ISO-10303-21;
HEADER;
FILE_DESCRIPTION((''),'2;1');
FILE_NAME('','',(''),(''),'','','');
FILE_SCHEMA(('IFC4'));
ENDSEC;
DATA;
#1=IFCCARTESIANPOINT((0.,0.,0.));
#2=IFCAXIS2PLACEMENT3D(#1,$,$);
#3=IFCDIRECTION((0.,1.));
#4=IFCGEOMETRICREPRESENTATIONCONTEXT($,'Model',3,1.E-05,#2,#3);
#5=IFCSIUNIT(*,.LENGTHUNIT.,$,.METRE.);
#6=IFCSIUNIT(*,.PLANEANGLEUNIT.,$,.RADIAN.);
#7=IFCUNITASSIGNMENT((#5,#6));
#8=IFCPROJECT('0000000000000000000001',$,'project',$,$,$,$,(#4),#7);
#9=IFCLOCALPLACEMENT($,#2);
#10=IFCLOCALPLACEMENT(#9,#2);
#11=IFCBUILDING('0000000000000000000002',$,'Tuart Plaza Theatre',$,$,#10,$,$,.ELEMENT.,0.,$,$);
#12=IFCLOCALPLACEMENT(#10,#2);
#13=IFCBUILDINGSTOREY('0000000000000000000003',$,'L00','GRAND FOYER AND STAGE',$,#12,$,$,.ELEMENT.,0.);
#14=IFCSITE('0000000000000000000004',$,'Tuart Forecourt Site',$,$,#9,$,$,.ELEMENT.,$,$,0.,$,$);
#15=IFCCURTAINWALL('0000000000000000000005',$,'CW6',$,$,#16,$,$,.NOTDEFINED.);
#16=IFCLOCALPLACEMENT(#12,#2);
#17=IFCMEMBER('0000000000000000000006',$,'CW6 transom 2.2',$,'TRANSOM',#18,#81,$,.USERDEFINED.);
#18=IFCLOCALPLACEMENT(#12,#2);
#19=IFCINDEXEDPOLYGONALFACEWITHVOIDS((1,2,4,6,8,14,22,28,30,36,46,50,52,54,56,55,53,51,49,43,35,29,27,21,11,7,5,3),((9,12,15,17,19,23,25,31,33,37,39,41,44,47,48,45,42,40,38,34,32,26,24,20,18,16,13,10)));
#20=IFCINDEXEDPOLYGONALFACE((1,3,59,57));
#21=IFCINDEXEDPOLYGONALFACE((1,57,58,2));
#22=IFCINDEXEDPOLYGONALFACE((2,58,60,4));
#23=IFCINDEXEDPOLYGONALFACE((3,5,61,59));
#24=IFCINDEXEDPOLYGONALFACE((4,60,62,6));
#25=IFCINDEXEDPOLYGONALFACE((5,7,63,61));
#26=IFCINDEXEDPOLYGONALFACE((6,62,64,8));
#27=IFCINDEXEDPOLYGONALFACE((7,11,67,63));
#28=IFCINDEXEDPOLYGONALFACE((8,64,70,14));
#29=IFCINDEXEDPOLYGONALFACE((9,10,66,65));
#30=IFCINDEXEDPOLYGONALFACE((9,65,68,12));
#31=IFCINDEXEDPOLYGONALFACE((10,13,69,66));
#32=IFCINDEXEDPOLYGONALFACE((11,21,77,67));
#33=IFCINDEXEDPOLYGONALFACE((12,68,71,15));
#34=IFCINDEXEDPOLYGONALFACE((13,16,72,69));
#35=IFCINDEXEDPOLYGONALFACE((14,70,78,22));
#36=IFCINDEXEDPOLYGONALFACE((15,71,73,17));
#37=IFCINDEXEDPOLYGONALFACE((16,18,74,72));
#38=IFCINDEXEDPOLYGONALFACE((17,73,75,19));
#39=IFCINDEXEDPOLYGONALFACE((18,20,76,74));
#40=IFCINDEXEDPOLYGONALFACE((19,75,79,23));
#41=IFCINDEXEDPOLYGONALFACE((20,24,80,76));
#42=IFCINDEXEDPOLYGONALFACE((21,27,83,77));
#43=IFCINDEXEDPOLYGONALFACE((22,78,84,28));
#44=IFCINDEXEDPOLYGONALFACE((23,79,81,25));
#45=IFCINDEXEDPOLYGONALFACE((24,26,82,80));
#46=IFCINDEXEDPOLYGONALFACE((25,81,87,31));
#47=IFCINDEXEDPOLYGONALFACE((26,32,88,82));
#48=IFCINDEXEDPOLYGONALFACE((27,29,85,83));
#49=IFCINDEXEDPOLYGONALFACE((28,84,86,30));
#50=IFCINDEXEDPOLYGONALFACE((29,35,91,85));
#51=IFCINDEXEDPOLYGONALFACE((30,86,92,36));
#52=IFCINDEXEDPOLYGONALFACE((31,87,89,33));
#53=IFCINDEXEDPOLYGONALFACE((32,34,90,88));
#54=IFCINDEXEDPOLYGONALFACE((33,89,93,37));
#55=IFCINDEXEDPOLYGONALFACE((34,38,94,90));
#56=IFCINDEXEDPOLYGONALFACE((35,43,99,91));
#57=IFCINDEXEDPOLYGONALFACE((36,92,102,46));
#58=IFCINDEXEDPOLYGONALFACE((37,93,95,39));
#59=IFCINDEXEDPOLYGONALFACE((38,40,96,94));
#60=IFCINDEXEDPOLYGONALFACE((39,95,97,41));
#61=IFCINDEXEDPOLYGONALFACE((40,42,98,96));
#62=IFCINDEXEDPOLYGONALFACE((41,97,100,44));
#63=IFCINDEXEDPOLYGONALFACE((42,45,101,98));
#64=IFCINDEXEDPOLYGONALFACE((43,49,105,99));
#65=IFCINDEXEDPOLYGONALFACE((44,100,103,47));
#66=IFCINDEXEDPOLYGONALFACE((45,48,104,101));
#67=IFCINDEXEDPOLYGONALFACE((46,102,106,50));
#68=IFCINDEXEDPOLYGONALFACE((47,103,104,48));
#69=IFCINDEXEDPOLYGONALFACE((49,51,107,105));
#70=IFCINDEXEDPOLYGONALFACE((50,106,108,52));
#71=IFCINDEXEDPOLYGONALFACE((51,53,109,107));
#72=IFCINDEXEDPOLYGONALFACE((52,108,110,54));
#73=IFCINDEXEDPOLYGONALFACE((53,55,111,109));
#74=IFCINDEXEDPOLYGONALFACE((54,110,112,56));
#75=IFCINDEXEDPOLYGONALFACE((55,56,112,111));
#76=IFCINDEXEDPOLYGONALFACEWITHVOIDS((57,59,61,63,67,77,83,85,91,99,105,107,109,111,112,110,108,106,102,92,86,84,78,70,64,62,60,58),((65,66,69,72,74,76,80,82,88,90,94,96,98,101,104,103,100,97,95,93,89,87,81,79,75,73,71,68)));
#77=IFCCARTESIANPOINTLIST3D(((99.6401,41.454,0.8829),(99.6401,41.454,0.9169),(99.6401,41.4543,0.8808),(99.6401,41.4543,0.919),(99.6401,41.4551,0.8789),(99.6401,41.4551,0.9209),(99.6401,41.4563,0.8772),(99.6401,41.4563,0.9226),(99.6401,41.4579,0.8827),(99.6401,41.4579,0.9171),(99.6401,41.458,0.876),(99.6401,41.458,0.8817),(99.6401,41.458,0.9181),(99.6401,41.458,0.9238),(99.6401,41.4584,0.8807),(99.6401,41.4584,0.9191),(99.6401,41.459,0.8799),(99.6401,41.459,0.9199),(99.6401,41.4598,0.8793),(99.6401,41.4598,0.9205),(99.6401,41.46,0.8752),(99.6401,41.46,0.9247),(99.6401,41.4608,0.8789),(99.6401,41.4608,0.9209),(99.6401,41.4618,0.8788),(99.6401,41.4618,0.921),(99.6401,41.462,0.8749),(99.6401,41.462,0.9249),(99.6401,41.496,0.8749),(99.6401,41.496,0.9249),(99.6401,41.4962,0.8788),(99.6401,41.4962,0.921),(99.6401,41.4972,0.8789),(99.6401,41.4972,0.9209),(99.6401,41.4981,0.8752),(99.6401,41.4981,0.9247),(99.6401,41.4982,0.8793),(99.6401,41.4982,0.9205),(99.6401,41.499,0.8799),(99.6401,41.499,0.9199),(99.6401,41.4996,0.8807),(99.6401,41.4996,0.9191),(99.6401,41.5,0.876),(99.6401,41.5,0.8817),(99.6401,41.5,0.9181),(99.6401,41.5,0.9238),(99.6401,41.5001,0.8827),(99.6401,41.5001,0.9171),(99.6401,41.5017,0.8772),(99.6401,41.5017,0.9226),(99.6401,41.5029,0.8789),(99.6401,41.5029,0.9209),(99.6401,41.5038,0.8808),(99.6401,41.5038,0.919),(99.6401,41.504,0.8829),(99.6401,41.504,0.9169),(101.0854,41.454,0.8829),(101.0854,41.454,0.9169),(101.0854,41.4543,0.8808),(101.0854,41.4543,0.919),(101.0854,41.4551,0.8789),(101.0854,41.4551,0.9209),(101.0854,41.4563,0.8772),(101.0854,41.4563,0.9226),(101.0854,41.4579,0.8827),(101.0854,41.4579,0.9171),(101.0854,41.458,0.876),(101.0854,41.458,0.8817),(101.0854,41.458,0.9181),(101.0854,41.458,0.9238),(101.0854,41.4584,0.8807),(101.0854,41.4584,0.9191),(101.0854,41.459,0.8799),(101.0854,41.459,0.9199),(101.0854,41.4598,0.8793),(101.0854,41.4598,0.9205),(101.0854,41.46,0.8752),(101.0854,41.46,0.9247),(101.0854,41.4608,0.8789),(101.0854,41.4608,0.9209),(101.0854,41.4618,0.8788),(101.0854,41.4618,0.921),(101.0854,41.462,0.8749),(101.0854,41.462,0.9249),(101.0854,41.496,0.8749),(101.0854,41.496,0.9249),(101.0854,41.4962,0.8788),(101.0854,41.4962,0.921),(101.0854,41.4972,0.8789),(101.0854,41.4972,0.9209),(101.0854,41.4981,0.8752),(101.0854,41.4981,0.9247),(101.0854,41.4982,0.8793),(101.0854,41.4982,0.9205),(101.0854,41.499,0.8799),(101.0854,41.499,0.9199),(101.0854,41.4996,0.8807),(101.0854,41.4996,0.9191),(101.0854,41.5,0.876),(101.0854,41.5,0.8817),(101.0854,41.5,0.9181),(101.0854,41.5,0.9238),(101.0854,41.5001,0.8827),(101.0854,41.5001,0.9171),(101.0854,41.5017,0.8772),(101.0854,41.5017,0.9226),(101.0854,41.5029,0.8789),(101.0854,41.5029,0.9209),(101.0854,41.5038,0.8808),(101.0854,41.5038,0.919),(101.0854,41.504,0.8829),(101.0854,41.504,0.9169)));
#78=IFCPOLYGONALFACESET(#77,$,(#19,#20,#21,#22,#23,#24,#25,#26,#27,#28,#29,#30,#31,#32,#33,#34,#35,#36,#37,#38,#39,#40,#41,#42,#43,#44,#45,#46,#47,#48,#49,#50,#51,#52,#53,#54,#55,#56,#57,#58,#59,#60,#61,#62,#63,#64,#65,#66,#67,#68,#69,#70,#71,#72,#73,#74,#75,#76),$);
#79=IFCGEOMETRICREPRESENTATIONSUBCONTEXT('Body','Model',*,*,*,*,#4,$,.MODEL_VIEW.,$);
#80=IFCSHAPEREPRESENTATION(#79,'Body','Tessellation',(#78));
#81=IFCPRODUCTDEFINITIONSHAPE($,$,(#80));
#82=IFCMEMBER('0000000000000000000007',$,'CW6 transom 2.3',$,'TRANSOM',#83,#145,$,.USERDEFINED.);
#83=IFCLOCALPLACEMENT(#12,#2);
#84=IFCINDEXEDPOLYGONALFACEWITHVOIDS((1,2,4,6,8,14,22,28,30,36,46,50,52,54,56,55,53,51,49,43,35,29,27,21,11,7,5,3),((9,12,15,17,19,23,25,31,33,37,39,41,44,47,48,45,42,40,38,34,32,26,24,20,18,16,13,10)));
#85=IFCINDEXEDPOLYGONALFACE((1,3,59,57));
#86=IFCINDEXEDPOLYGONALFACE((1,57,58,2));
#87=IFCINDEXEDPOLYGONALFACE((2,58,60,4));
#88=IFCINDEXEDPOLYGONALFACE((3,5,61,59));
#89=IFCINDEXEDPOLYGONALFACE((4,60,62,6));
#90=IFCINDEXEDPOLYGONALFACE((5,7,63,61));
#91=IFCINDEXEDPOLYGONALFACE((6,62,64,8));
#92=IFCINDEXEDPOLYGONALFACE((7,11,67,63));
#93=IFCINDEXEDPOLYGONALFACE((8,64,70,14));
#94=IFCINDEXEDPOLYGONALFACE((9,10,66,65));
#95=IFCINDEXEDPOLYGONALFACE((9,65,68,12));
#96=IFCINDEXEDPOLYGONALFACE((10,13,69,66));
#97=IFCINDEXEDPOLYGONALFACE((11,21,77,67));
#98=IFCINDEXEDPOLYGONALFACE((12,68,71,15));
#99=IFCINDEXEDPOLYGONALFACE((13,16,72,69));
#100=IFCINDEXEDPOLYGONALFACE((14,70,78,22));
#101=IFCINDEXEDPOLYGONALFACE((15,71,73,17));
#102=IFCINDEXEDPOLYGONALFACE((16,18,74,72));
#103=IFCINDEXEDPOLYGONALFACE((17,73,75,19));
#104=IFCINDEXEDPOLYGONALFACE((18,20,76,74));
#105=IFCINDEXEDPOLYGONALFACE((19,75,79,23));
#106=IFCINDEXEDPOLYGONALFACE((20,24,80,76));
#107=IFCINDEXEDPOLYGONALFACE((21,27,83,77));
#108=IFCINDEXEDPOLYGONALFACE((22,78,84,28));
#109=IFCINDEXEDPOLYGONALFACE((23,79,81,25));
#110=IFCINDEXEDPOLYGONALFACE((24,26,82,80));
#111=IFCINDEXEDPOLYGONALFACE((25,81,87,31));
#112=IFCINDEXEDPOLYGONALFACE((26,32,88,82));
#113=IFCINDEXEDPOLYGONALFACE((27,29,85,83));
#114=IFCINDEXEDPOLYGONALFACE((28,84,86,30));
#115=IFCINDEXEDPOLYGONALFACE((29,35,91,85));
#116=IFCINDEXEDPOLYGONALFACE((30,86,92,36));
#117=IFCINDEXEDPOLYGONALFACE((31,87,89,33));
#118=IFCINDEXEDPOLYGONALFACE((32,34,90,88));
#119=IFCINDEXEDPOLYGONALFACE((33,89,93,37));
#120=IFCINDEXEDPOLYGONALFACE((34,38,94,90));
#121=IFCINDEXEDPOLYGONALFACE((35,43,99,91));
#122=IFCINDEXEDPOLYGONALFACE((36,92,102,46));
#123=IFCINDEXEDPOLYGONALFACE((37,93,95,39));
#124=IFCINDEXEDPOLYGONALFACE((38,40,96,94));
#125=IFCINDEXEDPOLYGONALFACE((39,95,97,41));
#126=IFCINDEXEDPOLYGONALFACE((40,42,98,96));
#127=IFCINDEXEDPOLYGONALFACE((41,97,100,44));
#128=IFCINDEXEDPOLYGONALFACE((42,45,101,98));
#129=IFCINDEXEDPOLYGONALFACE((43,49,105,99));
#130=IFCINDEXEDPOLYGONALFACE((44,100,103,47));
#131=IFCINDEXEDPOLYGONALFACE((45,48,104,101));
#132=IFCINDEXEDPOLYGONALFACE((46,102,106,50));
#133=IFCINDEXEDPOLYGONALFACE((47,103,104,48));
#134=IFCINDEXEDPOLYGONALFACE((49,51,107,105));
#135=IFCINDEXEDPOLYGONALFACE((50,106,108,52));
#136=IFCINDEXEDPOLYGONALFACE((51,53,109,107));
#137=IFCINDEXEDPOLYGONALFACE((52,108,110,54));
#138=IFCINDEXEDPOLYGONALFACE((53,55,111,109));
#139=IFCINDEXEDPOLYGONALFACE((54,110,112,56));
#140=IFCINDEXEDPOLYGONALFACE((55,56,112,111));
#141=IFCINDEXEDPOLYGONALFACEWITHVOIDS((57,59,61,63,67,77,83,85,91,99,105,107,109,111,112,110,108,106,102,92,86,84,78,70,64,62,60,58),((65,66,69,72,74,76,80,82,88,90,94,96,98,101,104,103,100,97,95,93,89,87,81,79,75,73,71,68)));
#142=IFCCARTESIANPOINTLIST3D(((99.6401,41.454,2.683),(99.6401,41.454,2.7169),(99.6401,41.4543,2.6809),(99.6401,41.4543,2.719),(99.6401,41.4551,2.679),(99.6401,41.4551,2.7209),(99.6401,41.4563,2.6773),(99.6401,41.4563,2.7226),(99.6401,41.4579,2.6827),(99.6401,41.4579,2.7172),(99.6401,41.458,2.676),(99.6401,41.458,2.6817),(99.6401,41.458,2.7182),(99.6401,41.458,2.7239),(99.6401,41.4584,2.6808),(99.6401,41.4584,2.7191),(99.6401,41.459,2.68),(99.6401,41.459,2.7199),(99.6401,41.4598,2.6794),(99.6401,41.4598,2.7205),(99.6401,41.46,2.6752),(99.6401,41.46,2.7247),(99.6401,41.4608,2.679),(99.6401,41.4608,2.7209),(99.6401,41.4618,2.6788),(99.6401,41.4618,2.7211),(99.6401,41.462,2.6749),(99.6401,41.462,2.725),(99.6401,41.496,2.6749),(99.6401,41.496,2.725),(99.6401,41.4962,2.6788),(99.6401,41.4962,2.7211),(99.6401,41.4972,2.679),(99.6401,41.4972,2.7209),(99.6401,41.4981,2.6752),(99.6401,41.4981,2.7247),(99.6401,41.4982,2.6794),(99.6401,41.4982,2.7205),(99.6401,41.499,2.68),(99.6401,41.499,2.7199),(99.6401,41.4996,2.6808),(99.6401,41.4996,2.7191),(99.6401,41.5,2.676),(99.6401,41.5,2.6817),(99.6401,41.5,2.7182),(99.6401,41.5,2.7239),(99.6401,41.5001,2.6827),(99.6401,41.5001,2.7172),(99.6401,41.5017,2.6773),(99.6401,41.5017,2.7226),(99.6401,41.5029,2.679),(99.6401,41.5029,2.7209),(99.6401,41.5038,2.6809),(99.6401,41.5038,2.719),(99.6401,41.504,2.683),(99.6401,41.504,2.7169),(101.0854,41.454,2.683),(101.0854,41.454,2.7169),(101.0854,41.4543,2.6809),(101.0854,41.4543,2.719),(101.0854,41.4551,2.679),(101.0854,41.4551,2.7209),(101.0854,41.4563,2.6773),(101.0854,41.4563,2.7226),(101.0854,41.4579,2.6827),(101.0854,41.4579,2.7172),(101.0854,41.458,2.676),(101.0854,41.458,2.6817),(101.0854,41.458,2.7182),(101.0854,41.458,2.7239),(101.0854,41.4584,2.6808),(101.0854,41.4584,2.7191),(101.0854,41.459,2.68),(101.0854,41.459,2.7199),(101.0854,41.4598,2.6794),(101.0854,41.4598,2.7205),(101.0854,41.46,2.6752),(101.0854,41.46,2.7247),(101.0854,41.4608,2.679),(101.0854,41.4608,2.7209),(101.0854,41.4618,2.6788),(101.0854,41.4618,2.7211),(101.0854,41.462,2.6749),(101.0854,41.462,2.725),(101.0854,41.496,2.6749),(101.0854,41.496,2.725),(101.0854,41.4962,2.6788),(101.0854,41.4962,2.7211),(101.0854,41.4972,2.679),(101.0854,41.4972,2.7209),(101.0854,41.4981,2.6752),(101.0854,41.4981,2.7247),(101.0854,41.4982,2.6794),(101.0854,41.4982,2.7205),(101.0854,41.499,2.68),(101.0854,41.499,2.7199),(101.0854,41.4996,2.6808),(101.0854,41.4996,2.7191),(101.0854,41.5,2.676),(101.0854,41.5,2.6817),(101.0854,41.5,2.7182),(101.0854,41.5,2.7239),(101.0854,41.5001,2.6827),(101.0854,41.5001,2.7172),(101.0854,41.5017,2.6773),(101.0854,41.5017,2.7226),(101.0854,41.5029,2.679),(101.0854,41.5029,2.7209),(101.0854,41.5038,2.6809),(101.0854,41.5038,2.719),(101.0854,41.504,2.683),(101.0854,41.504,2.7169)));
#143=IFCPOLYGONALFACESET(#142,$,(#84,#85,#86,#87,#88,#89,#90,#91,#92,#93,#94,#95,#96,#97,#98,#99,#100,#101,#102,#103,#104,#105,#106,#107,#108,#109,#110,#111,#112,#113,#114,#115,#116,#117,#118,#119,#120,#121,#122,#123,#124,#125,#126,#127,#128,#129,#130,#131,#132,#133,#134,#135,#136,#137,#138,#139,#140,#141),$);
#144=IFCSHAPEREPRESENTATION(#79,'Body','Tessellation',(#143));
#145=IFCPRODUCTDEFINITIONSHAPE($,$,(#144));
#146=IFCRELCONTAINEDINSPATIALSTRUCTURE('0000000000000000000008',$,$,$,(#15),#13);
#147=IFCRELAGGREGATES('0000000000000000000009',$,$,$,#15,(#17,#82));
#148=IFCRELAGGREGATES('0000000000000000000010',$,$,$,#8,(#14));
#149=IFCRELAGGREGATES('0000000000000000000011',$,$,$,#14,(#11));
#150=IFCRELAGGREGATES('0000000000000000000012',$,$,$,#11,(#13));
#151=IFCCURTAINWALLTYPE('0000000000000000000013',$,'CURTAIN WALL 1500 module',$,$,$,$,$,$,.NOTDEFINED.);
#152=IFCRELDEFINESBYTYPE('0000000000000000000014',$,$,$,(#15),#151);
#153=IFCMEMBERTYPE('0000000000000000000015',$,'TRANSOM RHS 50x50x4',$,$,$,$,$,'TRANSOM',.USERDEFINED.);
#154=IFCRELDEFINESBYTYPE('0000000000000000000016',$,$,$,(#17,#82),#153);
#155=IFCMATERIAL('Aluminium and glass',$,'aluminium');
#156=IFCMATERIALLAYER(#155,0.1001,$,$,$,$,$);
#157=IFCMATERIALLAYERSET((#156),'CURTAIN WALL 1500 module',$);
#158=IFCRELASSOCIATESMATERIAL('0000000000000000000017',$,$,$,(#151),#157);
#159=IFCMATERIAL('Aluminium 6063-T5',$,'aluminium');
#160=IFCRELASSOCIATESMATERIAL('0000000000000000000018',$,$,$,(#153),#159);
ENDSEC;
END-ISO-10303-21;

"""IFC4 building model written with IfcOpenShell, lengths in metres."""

from ifc_helpers import new_model, si_unit, direction, frame, origin, origin_2d, place, context, subcontext, project, spatial, hollow_rectangle, extrude, material, layer, layer_set, material_profile, profile_set, type_object, element, aggregate, save


model = new_model("IFC4")

# Units and contexts
model_context = context("Model", 3, precision=1e-05, world=origin(), true_north=direction((0.0, 1.0)))
body_context = subcontext(model_context, "Body", "Model", "MODEL_VIEW")
ifc_project = project(units=[si_unit("LENGTHUNIT", "METRE"), si_unit("PLANEANGLEUNIT", "RADIAN")], contexts=[model_context])

# Site, building, storey
site_placement = place(None, origin())
site = spatial("IfcSite", under=ifc_project, at=site_placement, Name="Tuart Forecourt Site", CompositionType="ELEMENT", RefElevation=0.0)
building_placement = place(site_placement, origin())
building = spatial("IfcBuilding", under=site, at=building_placement, Name="Tuart Plaza Theatre", CompositionType="ELEMENT", ElevationOfRefHeight=0.0)
storey_placement = place(building_placement, origin())
storey = spatial("IfcBuildingStorey", under=building, at=storey_placement, Name="L00", Description="GRAND FOYER AND STAGE", CompositionType="ELEMENT", Elevation=0.0)

# Curtain wall, members
ifc_material_1 = material(Name="Aluminium and glass", Category="aluminium")
ifc_layer_1 = layer(ifc_material_1, 0.1001)
ifc_layer_set_1 = layer_set([ifc_layer_1], Name="CURTAIN WALL 1500 module")
curtain_wall_type = type_object("IfcCurtainWallType", Name="CURTAIN WALL 1500 module", PredefinedType="NOTDEFINED", material=ifc_layer_set_1)
curtain_wall_placement = place(storey_placement, origin())
curtain_wall = element("IfcCurtainWall", 1, at=curtain_wall_placement, inside=storey, type_object=curtain_wall_type, Name="CW6", PredefinedType="NOTDEFINED")
ifc_material_2 = material(Name="Aluminium 6063-T5", Category="aluminium")
ifc_material_profile_1 = material_profile(ifc_material_2, hollow_rectangle(XDim=0.05, YDim=0.05, WallThickness=0.0039, InnerFilletRadius=0.0039, OuterFilletRadius=0.0081, at=origin_2d()), Name="RHS 50x50x4")
ifc_profile_set_1 = profile_set([ifc_material_profile_1], Name="Aluminium 6063-T5")
member_type_1 = type_object("IfcMemberType", Name="TRANSOM RHS 50x50x4", ElementType="TRANSOM", PredefinedType="USERDEFINED", material=ifc_profile_set_1)
member_1_placement = place(storey_placement, frame((99.6401, 41.479, 0.8999), z_axis=(1.0, 0.0, 0.0), x_axis=(0.0, 1.0, 0.0)))
member_1 = element("IfcMember", 2, at=member_1_placement, type_object=member_type_1, Name="CW6 transom 2.2", ObjectType="TRANSOM", PredefinedType="USERDEFINED", context=body_context, shape_type="SweptSolid", body=[
    extrude(hollow_rectangle(XDim=0.05, YDim=0.05, WallThickness=0.0039, InnerFilletRadius=0.0039, OuterFilletRadius=0.0081, at=origin_2d()), origin(), (0.0, 0.0, 1.0), 1.4453),
])
member_2_placement = place(storey_placement, frame((99.6401, 41.479, 2.7), z_axis=(1.0, 0.0, 0.0), x_axis=(0.0, 1.0, 0.0)))
member_2 = element("IfcMember", 3, at=member_2_placement, type_object=member_type_1, Name="CW6 transom 2.3", ObjectType="TRANSOM", PredefinedType="USERDEFINED", context=body_context, shape_type="SweptSolid", body=[
    extrude(hollow_rectangle(XDim=0.05, YDim=0.05, WallThickness=0.0039, InnerFilletRadius=0.0039, OuterFilletRadius=0.0081, at=origin_2d()), origin(), (0.0, 0.0, 1.0), 1.4453),
])
aggregate(curtain_wall, [member_1, member_2])

save(model, "model.ifc")
